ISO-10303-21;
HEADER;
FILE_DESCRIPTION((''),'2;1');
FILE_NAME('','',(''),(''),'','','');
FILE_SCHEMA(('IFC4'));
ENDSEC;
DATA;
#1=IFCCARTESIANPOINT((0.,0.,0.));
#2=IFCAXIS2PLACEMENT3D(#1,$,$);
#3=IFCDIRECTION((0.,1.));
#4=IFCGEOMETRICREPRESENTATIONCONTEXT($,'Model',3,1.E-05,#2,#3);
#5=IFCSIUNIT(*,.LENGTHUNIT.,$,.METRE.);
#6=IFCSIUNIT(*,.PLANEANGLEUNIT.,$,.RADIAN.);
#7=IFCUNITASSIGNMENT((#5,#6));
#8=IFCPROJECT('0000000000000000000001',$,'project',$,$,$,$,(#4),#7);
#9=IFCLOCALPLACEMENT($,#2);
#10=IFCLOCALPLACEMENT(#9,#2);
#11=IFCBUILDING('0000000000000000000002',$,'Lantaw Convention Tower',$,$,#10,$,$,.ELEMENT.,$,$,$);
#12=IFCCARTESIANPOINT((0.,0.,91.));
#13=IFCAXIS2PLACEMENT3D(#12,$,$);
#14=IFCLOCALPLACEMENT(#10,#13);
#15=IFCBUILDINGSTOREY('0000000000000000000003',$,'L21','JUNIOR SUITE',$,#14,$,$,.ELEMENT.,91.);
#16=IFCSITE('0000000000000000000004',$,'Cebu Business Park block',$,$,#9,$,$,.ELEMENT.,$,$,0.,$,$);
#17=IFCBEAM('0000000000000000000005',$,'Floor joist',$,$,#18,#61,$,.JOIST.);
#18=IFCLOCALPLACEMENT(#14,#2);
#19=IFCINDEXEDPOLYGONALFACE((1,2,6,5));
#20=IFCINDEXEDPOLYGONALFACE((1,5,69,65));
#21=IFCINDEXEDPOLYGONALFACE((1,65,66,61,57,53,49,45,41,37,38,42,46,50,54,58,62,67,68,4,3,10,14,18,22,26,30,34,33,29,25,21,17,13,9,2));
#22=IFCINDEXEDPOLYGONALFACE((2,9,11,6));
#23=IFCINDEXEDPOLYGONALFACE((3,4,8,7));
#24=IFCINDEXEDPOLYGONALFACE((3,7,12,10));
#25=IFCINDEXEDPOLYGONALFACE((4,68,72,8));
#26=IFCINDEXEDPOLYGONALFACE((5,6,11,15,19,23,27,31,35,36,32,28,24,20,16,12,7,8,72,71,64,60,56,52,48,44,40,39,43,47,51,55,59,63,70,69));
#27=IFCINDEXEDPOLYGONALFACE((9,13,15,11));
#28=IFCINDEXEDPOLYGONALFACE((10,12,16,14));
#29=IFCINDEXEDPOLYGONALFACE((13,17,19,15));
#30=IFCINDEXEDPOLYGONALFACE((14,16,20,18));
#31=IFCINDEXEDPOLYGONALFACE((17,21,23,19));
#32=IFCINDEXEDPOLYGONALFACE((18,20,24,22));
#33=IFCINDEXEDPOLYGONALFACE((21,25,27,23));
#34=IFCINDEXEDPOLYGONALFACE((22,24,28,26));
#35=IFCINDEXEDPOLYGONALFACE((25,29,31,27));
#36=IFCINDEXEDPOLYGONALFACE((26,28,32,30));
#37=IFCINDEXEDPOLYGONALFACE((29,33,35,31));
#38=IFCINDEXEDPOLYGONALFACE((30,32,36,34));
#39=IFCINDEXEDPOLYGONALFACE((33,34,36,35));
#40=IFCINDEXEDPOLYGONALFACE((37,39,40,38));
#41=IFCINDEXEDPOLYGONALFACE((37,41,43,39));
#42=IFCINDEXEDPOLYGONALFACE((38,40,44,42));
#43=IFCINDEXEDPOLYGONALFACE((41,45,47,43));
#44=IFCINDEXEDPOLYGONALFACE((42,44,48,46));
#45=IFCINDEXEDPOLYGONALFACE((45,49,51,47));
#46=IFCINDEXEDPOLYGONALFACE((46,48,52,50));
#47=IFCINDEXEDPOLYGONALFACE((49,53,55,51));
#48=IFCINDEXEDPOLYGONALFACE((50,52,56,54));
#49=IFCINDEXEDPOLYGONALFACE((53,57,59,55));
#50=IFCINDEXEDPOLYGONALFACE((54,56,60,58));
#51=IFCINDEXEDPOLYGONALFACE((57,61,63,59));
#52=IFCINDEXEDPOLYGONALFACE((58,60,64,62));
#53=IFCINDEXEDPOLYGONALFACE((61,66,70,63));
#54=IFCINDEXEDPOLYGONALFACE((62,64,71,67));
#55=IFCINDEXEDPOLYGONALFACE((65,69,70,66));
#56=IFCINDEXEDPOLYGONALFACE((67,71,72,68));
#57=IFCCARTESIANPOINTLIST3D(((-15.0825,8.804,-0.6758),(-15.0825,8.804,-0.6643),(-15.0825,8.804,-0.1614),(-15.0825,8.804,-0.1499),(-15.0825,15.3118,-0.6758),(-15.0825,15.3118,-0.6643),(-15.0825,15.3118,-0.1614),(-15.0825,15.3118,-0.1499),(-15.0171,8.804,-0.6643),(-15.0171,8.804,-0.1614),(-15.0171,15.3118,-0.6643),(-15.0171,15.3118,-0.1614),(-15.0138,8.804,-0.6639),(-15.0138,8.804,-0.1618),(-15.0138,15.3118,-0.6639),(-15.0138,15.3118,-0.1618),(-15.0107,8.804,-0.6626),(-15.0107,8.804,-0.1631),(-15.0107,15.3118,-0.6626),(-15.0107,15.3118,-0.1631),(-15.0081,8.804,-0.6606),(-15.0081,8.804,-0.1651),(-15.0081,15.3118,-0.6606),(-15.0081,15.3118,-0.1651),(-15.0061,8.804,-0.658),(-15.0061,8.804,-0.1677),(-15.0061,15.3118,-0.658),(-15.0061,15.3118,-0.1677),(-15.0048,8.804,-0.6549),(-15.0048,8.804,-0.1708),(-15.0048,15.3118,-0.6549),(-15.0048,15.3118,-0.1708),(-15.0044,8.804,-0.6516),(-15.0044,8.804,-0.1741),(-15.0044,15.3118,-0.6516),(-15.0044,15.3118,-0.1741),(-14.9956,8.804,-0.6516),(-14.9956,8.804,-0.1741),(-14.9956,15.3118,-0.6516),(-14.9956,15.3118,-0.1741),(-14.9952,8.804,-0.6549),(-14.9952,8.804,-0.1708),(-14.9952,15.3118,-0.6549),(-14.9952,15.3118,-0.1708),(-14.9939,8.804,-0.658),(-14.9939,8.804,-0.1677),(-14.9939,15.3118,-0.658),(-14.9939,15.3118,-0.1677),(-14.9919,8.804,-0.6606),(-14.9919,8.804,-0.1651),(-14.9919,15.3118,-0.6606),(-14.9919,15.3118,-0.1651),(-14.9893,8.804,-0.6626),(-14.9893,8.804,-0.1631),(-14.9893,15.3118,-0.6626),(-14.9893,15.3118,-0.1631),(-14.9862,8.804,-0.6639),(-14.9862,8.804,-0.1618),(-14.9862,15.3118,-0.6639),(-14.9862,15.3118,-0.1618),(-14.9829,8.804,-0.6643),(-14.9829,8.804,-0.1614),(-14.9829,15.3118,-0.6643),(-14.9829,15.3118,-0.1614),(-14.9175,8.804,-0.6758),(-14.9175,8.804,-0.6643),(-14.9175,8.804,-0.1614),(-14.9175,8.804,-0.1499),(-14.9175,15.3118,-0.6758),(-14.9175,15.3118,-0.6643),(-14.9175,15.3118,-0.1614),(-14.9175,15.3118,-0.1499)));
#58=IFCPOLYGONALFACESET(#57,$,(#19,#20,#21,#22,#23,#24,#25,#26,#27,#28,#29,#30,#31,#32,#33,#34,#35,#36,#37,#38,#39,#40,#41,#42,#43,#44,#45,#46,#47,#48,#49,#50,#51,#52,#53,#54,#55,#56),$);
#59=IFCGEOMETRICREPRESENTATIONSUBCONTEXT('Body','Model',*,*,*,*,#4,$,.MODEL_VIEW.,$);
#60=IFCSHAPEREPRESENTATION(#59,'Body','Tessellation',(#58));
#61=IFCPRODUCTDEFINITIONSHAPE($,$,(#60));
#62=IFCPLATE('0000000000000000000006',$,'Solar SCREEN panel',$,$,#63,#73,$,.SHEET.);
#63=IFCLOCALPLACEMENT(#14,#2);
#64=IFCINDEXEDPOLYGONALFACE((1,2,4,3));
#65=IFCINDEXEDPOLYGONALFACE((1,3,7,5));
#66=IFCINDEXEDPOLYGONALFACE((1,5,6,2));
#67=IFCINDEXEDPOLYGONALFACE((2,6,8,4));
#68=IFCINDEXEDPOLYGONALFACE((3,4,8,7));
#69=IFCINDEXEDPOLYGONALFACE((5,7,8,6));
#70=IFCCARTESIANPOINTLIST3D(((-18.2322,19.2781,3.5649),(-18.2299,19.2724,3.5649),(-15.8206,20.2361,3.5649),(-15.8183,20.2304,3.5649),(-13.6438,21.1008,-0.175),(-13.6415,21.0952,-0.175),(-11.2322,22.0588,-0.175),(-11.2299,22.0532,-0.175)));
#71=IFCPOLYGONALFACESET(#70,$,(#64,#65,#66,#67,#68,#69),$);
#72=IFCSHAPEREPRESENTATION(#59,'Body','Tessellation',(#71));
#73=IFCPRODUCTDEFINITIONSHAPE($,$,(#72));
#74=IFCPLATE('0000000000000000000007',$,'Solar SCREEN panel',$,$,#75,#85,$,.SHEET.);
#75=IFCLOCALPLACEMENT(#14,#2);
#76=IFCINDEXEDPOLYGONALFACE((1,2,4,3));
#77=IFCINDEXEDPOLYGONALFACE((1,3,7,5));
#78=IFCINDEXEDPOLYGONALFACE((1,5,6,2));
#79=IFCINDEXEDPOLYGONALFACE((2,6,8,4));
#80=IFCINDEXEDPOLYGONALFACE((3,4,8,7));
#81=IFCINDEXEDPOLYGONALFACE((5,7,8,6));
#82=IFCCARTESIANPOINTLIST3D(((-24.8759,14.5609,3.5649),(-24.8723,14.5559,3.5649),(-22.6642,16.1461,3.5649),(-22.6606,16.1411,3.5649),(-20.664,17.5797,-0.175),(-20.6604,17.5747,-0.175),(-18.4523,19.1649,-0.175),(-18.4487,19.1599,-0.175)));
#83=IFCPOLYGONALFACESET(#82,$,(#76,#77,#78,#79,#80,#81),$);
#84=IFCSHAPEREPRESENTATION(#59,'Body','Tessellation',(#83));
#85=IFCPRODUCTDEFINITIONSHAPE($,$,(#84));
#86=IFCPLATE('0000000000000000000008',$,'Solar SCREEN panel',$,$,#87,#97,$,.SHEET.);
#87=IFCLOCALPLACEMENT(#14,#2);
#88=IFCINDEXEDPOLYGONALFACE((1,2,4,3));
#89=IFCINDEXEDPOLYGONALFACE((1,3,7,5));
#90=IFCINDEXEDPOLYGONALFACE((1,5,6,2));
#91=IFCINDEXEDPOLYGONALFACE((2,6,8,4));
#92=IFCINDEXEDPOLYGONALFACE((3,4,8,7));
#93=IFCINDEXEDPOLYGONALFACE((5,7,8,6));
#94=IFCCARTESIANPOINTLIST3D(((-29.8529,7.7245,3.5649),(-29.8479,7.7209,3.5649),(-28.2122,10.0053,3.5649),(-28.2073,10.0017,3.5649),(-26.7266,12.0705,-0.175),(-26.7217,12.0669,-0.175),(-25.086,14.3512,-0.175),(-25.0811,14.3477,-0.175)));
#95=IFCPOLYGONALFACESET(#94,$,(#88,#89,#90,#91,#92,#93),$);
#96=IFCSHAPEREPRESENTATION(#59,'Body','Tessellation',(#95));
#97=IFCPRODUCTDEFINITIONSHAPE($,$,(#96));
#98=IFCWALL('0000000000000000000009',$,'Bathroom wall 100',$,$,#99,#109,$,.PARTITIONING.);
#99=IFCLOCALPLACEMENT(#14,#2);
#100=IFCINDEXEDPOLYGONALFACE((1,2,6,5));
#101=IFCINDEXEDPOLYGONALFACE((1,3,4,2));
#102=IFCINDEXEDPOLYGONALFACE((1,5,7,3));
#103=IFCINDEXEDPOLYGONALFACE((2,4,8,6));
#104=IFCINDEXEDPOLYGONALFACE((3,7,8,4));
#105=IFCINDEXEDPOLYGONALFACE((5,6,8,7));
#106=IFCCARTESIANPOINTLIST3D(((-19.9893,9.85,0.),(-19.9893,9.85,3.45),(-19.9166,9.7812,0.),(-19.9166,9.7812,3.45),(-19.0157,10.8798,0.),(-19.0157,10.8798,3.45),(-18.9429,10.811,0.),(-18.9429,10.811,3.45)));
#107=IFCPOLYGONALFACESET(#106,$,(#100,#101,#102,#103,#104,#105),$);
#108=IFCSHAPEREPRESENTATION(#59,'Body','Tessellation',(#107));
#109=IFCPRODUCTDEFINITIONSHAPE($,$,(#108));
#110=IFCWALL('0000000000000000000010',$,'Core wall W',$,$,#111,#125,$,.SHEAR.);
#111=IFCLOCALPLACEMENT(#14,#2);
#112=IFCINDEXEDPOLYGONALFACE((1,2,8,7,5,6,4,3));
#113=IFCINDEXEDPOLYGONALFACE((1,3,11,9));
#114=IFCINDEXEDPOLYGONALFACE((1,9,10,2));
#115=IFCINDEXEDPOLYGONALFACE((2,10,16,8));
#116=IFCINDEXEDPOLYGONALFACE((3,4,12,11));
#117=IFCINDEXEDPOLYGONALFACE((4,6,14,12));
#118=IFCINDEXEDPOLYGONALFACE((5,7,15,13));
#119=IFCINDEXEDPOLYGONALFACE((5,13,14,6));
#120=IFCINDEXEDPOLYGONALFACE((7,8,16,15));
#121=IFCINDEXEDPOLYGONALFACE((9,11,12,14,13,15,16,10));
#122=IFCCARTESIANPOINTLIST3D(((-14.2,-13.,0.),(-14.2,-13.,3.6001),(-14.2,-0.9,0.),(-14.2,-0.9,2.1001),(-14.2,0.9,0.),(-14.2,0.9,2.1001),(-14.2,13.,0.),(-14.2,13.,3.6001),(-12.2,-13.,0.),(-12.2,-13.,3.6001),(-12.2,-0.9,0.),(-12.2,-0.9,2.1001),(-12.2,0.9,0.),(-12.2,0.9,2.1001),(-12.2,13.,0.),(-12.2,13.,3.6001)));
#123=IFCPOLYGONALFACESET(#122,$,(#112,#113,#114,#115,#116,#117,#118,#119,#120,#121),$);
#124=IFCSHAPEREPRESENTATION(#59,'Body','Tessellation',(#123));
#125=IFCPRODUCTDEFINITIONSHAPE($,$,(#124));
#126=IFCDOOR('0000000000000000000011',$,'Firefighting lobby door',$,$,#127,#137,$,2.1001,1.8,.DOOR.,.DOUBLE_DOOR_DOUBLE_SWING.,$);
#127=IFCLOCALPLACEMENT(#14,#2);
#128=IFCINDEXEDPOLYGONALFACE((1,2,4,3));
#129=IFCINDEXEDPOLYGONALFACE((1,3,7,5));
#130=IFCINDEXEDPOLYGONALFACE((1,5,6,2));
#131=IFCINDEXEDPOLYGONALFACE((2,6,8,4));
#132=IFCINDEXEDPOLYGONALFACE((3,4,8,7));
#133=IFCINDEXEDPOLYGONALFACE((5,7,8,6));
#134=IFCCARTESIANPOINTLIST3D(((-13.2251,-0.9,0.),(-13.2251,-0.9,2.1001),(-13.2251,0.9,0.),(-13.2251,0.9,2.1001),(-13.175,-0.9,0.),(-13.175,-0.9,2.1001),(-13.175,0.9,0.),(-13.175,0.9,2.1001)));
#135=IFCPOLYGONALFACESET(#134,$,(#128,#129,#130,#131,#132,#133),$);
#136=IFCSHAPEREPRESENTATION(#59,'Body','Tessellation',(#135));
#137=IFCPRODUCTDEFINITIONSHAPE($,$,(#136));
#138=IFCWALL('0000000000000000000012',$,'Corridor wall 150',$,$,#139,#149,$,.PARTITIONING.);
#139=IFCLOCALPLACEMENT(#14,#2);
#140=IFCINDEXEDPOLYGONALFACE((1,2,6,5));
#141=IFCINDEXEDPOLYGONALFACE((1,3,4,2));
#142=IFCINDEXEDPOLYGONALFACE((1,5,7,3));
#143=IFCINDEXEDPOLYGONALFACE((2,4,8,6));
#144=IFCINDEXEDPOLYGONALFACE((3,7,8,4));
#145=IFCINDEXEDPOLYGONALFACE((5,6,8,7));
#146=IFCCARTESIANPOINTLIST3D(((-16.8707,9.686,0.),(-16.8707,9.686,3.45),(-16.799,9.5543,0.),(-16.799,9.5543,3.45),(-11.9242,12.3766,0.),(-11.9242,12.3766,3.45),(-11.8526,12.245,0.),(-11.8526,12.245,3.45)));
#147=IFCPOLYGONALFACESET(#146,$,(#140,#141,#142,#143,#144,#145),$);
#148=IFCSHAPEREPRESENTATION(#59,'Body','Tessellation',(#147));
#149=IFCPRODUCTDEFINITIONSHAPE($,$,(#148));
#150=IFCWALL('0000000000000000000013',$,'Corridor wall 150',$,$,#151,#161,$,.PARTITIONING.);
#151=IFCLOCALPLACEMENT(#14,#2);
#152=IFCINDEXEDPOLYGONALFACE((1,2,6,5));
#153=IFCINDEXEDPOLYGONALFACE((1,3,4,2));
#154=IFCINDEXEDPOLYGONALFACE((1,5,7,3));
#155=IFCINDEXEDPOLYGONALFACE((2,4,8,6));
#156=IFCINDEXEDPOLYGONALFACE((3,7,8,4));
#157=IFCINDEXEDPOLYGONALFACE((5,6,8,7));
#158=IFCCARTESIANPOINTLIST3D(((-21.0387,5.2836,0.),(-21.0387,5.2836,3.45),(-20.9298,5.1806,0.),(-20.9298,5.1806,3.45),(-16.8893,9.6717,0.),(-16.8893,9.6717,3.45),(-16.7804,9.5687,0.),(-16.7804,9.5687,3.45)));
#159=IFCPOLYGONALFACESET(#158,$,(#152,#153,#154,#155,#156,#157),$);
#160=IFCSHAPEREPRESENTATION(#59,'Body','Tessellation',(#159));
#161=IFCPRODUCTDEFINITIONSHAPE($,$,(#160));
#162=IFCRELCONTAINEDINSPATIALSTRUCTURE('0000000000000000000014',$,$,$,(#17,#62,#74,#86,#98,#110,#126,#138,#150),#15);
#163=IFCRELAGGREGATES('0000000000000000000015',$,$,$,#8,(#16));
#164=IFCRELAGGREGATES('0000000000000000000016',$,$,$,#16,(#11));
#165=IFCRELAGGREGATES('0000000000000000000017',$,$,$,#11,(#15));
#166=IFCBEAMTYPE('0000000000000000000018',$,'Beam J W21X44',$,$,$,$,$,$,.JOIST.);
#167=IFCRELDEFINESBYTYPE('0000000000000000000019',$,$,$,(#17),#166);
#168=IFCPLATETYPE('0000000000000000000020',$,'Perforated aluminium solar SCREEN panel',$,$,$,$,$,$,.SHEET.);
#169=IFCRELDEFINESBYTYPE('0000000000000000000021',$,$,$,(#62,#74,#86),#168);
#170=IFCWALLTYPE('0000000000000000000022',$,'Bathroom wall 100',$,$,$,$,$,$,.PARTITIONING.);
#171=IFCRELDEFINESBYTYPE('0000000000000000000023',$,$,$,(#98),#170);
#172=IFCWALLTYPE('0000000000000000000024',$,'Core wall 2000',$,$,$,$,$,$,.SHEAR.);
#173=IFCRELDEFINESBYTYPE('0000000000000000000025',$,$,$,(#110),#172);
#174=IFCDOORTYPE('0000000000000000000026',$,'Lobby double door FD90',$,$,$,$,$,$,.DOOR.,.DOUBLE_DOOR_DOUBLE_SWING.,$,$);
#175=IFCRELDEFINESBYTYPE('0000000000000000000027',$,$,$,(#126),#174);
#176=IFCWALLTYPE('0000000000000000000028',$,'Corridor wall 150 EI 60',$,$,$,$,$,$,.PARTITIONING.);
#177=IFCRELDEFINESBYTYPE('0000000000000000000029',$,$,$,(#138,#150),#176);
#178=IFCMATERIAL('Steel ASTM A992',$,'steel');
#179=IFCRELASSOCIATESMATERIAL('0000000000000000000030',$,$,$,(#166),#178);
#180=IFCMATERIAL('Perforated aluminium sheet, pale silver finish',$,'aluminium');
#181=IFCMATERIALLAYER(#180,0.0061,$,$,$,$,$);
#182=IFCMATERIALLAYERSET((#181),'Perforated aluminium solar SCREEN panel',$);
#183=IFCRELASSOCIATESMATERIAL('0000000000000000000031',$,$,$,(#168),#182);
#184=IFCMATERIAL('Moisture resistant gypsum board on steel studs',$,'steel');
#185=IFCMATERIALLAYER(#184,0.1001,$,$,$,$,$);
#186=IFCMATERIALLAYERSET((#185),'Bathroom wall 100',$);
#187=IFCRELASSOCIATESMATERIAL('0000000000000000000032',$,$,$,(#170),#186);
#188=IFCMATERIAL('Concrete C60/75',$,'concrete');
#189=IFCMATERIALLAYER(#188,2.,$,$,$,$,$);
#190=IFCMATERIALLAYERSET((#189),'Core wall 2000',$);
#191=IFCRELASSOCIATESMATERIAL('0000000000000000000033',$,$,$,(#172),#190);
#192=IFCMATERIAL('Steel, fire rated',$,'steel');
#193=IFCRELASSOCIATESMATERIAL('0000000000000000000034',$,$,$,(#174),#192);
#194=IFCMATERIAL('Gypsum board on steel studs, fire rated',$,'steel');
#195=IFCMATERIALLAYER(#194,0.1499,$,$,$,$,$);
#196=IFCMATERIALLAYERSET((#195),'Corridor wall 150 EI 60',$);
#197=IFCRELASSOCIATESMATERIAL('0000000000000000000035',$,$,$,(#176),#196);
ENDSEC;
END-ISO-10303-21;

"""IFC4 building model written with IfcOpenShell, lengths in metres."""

from ifc_helpers import new_model, si_unit, direction, frame, frame_2d, origin, origin_2d, place, context, subcontext, project, spatial, polyline, rectangle, i_section, outline, extrude, material, layer, layer_set, material_profile, profile_set, type_object, element, fill, save


model = new_model("IFC4")

# Units and contexts
model_context = context("Model", 3, precision=1e-05, world=origin(), true_north=direction((0.0, 1.0)))
body_context = subcontext(model_context, "Body", "Model", "MODEL_VIEW")
ifc_project = project(units=[si_unit("LENGTHUNIT", "METRE"), si_unit("PLANEANGLEUNIT", "RADIAN")], contexts=[model_context])

# Site, building, storey
site_placement = place(None, origin())
site = spatial("IfcSite", under=ifc_project, at=site_placement, Name="Cebu Business Park block", CompositionType="ELEMENT", RefElevation=0.0)
building_placement = place(site_placement, origin())
building = spatial("IfcBuilding", under=site, at=building_placement, Name="Lantaw Convention Tower", CompositionType="ELEMENT")
storey_placement = place(building_placement, frame((0.0, 0.0, 91.0)))
storey = spatial("IfcBuildingStorey", under=building, at=storey_placement, Name="L21", Description="JUNIOR SUITE", CompositionType="ELEMENT", Elevation=91.0)

# Shared definitions
ifc_material_1 = material(Name="Concrete C60/75", Category="concrete")

# Beam
ifc_material_2 = material(Name="Steel ASTM A992", Category="steel")
ifc_material_profile_1 = material_profile(ifc_material_2, i_section(OverallWidth=0.165, OverallDepth=0.5259, WebThickness=0.0088, FlangeThickness=0.0115, FilletRadius=0.0127, at=origin_2d()), Name="W21X44")
ifc_profile_set_1 = profile_set([ifc_material_profile_1], Name="Steel ASTM A992")
beam_type_1 = type_object("IfcBeamType", Name="Beam J W21X44", PredefinedType="JOIST", material=ifc_profile_set_1)
beam_1_placement = place(storey_placement, frame((-15.0, 8.804, -0.4128), z_axis=(0.0, 1.0, 0.0), x_axis=(-1.0, 0.0, 0.0)))
element("IfcBeam", 1, at=beam_1_placement, inside=storey, type_object=beam_type_1, Name="Floor joist", PredefinedType="JOIST", context=body_context, shape_type="SweptSolid", body=[
    extrude(i_section(OverallWidth=0.165, OverallDepth=0.5259, WebThickness=0.0088, FlangeThickness=0.0115, FilletRadius=0.0127, at=origin_2d()), origin(), (0.0, 0.0, 1.0), 6.5078),
])

# Plates
ifc_material_3 = material(Name="Perforated aluminium sheet, pale silver finish", Category="aluminium")
ifc_layer_1 = layer(ifc_material_3, 0.0061)
ifc_layer_set_1 = layer_set([ifc_layer_1], Name="Perforated aluminium solar SCREEN panel")
plate_type = type_object("IfcPlateType", Name="Perforated aluminium solar SCREEN panel", PredefinedType="SHEET", material=ifc_layer_set_1)
plate_1_placement = place(storey_placement, frame((-11.2322, 22.0588, -0.175), z_axis=(-0.369184, 0.929357, 0.000009), x_axis=(-0.929357, -0.369184, 0.0)))
element("IfcPlate", 2, at=plate_1_placement, inside=storey, type_object=plate_type, Name="Solar SCREEN panel", PredefinedType="SHEET", context=body_context, shape_type="SweptSolid", body=[
    extrude(outline(polyline([(0.0, 0.0), (2.5949, 0.0), (7.5321, 3.74), (4.9372, 3.74), (0.0, 0.0)])), origin(), (0.0, 0.0, -1.0), 0.0061),
])
plate_2_placement = place(storey_placement, frame((-18.4487, 19.1599, -0.175), z_axis=(0.582561, -0.812787, 0.000016), x_axis=(-0.812787, -0.582561, 0.0)))
element("IfcPlate", 3, at=plate_2_placement, inside=storey, type_object=plate_type, Name="Solar SCREEN panel", PredefinedType="SHEET", context=body_context, shape_type="SweptSolid", body=[
    extrude(outline(polyline([(0.0, 0.0), (2.7211, 0.0), (7.9031, -3.74), (5.182, -3.74), (0.0, 0.0)])), origin(), (0.0, 0.0, -1.0), 0.0061),
])
plate_3_placement = place(storey_placement, frame((-25.0811, 14.3477, -0.175), z_axis=(0.811791, -0.583948, 0.000009), x_axis=(-0.583948, -0.811791, 0.0)))
element("IfcPlate", 4, at=plate_3_placement, inside=storey, type_object=plate_type, Name="Solar SCREEN panel", PredefinedType="SHEET", context=body_context, shape_type="SweptSolid", body=[
    extrude(outline(polyline([(0.0, 0.0), (2.8095, 0.0), (8.1631, -3.74), (5.3536, -3.74), (0.0, 0.0)])), origin(), (0.0, 0.0, -1.0), 0.0061),
])

# Wall
ifc_material_4 = material(Name="Moisture resistant gypsum board on steel studs", Category="steel")
ifc_layer_2 = layer(ifc_material_4, 0.1001)
ifc_layer_set_2 = layer_set([ifc_layer_2], Name="Bathroom wall 100")
wall_type_1 = type_object("IfcWallType", Name="Bathroom wall 100", PredefinedType="PARTITIONING", material=ifc_layer_set_2)
wall_1_placement = place(storey_placement, frame((-19.9529, 9.8157, 0.0), z_axis=(0.0, 0.0, 1.0), x_axis=(0.687018, 0.72664, 0.0)))
element("IfcWall", 5, at=wall_1_placement, inside=storey, type_object=wall_type_1, Name="Bathroom wall 100", PredefinedType="PARTITIONING", context=body_context, shape_type="SweptSolid", body=[
    extrude(rectangle(XDim=1.4172, YDim=0.1001, at=frame_2d((0.7085, 0.0))), origin(), (0.0, 0.0, 1.0), 3.45),
])

# Wall, opening, door
ifc_layer_3 = layer(ifc_material_1, 2.0)
ifc_layer_set_3 = layer_set([ifc_layer_3], Name="Core wall 2000")
wall_type_2 = type_object("IfcWallType", Name="Core wall 2000", PredefinedType="SHEAR", material=ifc_layer_set_3)
wall_2_placement = place(storey_placement, frame((-13.2, 13.0, 0.0), z_axis=(0.0, 0.0, 1.0), x_axis=(0.0, -1.0, 0.0)))
wall_2 = element("IfcWall", 6, at=wall_2_placement, inside=storey, type_object=wall_type_2, Name="Core wall W", PredefinedType="SHEAR", context=body_context, shape_type="SweptSolid", body=[
    extrude(rectangle(XDim=26.0, YDim=2.0, at=frame_2d((13.0, 0.0))), origin(), (0.0, 0.0, 1.0), 3.6001),
])
opening_1_placement = place(wall_2_placement, frame((12.1001, 0.0, 0.0)))
opening_1 = element("IfcOpeningElement", 7, at=opening_1_placement, cuts=wall_2, PredefinedType="OPENING", context=body_context, shape_type="SweptSolid", body=[
    extrude(rectangle(XDim=1.8, YDim=2.1001, at=frame_2d((0.8999, 1.05))), frame((0.0, 1.01, 0.0), z_axis=(0.0, -1.0, 0.0), x_axis=(1.0, 0.0, 0.0)), (0.0, 0.0, 1.0), 2.02),
])
ifc_material_5 = material(Name="Steel, fire rated", Category="steel")
door_type_1 = type_object("IfcDoorType", Name="Lobby double door FD90", OperationType="DOUBLE_DOOR_DOUBLE_SWING", PredefinedType="DOOR", material=ifc_material_5)
door_1_placement = place(opening_1_placement, origin())
door_1 = element("IfcDoor", 8, at=door_1_placement, inside=storey, type_object=door_type_1, Name="Firefighting lobby door", OperationType="DOUBLE_DOOR_DOUBLE_SWING", OverallHeight=2.1001, OverallWidth=1.8, PredefinedType="DOOR", context=body_context, shape_type="SweptSolid", body=[
    extrude(rectangle(XDim=1.8, YDim=2.1001, at=frame_2d((0.8999, 1.05))), frame((0.0, 0.0249, 0.0), z_axis=(0.0, -1.0, 0.0), x_axis=(1.0, 0.0, 0.0)), (0.0, 0.0, 1.0), 0.05),
])
fill(opening_1, door_1)

# Walls
ifc_material_6 = material(Name="Gypsum board on steel studs, fire rated", Category="steel")
ifc_layer_4 = layer(ifc_material_6, 0.1499)
ifc_layer_set_4 = layer_set([ifc_layer_4], Name="Corridor wall 150 EI 60")
wall_type_3 = type_object("IfcWallType", Name="Corridor wall 150 EI 60", PredefinedType="PARTITIONING", material=ifc_layer_set_4)
wall_3_placement = place(storey_placement, frame((-11.8884, 12.3108, 0.0), z_axis=(0.0, 0.0, 1.0), x_axis=(-0.87845, -0.477834, 0.0)))
element("IfcWall", 9, at=wall_3_placement, inside=storey, type_object=wall_type_3, Name="Corridor wall 150", PredefinedType="PARTITIONING", context=body_context, shape_type="SweptSolid", body=[
    extrude(rectangle(XDim=5.6309, YDim=0.1499, at=frame_2d((2.8154, 0.0))), origin(), (0.0, 0.0, 1.0), 3.45),
])
wall_4_placement = place(storey_placement, frame((-16.835, 9.6201, 0.0), z_axis=(0.0, 0.0, 1.0), x_axis=(-0.687063, -0.726598, 0.0)))
element("IfcWall", 10, at=wall_4_placement, inside=storey, type_object=wall_type_3, Name="Corridor wall 150", PredefinedType="PARTITIONING", context=body_context, shape_type="SweptSolid", body=[
    extrude(rectangle(XDim=6.0393, YDim=0.1499, at=frame_2d((3.0195, 0.0))), origin(), (0.0, 0.0, 1.0), 3.45),
])

save(model, "model.ifc")
